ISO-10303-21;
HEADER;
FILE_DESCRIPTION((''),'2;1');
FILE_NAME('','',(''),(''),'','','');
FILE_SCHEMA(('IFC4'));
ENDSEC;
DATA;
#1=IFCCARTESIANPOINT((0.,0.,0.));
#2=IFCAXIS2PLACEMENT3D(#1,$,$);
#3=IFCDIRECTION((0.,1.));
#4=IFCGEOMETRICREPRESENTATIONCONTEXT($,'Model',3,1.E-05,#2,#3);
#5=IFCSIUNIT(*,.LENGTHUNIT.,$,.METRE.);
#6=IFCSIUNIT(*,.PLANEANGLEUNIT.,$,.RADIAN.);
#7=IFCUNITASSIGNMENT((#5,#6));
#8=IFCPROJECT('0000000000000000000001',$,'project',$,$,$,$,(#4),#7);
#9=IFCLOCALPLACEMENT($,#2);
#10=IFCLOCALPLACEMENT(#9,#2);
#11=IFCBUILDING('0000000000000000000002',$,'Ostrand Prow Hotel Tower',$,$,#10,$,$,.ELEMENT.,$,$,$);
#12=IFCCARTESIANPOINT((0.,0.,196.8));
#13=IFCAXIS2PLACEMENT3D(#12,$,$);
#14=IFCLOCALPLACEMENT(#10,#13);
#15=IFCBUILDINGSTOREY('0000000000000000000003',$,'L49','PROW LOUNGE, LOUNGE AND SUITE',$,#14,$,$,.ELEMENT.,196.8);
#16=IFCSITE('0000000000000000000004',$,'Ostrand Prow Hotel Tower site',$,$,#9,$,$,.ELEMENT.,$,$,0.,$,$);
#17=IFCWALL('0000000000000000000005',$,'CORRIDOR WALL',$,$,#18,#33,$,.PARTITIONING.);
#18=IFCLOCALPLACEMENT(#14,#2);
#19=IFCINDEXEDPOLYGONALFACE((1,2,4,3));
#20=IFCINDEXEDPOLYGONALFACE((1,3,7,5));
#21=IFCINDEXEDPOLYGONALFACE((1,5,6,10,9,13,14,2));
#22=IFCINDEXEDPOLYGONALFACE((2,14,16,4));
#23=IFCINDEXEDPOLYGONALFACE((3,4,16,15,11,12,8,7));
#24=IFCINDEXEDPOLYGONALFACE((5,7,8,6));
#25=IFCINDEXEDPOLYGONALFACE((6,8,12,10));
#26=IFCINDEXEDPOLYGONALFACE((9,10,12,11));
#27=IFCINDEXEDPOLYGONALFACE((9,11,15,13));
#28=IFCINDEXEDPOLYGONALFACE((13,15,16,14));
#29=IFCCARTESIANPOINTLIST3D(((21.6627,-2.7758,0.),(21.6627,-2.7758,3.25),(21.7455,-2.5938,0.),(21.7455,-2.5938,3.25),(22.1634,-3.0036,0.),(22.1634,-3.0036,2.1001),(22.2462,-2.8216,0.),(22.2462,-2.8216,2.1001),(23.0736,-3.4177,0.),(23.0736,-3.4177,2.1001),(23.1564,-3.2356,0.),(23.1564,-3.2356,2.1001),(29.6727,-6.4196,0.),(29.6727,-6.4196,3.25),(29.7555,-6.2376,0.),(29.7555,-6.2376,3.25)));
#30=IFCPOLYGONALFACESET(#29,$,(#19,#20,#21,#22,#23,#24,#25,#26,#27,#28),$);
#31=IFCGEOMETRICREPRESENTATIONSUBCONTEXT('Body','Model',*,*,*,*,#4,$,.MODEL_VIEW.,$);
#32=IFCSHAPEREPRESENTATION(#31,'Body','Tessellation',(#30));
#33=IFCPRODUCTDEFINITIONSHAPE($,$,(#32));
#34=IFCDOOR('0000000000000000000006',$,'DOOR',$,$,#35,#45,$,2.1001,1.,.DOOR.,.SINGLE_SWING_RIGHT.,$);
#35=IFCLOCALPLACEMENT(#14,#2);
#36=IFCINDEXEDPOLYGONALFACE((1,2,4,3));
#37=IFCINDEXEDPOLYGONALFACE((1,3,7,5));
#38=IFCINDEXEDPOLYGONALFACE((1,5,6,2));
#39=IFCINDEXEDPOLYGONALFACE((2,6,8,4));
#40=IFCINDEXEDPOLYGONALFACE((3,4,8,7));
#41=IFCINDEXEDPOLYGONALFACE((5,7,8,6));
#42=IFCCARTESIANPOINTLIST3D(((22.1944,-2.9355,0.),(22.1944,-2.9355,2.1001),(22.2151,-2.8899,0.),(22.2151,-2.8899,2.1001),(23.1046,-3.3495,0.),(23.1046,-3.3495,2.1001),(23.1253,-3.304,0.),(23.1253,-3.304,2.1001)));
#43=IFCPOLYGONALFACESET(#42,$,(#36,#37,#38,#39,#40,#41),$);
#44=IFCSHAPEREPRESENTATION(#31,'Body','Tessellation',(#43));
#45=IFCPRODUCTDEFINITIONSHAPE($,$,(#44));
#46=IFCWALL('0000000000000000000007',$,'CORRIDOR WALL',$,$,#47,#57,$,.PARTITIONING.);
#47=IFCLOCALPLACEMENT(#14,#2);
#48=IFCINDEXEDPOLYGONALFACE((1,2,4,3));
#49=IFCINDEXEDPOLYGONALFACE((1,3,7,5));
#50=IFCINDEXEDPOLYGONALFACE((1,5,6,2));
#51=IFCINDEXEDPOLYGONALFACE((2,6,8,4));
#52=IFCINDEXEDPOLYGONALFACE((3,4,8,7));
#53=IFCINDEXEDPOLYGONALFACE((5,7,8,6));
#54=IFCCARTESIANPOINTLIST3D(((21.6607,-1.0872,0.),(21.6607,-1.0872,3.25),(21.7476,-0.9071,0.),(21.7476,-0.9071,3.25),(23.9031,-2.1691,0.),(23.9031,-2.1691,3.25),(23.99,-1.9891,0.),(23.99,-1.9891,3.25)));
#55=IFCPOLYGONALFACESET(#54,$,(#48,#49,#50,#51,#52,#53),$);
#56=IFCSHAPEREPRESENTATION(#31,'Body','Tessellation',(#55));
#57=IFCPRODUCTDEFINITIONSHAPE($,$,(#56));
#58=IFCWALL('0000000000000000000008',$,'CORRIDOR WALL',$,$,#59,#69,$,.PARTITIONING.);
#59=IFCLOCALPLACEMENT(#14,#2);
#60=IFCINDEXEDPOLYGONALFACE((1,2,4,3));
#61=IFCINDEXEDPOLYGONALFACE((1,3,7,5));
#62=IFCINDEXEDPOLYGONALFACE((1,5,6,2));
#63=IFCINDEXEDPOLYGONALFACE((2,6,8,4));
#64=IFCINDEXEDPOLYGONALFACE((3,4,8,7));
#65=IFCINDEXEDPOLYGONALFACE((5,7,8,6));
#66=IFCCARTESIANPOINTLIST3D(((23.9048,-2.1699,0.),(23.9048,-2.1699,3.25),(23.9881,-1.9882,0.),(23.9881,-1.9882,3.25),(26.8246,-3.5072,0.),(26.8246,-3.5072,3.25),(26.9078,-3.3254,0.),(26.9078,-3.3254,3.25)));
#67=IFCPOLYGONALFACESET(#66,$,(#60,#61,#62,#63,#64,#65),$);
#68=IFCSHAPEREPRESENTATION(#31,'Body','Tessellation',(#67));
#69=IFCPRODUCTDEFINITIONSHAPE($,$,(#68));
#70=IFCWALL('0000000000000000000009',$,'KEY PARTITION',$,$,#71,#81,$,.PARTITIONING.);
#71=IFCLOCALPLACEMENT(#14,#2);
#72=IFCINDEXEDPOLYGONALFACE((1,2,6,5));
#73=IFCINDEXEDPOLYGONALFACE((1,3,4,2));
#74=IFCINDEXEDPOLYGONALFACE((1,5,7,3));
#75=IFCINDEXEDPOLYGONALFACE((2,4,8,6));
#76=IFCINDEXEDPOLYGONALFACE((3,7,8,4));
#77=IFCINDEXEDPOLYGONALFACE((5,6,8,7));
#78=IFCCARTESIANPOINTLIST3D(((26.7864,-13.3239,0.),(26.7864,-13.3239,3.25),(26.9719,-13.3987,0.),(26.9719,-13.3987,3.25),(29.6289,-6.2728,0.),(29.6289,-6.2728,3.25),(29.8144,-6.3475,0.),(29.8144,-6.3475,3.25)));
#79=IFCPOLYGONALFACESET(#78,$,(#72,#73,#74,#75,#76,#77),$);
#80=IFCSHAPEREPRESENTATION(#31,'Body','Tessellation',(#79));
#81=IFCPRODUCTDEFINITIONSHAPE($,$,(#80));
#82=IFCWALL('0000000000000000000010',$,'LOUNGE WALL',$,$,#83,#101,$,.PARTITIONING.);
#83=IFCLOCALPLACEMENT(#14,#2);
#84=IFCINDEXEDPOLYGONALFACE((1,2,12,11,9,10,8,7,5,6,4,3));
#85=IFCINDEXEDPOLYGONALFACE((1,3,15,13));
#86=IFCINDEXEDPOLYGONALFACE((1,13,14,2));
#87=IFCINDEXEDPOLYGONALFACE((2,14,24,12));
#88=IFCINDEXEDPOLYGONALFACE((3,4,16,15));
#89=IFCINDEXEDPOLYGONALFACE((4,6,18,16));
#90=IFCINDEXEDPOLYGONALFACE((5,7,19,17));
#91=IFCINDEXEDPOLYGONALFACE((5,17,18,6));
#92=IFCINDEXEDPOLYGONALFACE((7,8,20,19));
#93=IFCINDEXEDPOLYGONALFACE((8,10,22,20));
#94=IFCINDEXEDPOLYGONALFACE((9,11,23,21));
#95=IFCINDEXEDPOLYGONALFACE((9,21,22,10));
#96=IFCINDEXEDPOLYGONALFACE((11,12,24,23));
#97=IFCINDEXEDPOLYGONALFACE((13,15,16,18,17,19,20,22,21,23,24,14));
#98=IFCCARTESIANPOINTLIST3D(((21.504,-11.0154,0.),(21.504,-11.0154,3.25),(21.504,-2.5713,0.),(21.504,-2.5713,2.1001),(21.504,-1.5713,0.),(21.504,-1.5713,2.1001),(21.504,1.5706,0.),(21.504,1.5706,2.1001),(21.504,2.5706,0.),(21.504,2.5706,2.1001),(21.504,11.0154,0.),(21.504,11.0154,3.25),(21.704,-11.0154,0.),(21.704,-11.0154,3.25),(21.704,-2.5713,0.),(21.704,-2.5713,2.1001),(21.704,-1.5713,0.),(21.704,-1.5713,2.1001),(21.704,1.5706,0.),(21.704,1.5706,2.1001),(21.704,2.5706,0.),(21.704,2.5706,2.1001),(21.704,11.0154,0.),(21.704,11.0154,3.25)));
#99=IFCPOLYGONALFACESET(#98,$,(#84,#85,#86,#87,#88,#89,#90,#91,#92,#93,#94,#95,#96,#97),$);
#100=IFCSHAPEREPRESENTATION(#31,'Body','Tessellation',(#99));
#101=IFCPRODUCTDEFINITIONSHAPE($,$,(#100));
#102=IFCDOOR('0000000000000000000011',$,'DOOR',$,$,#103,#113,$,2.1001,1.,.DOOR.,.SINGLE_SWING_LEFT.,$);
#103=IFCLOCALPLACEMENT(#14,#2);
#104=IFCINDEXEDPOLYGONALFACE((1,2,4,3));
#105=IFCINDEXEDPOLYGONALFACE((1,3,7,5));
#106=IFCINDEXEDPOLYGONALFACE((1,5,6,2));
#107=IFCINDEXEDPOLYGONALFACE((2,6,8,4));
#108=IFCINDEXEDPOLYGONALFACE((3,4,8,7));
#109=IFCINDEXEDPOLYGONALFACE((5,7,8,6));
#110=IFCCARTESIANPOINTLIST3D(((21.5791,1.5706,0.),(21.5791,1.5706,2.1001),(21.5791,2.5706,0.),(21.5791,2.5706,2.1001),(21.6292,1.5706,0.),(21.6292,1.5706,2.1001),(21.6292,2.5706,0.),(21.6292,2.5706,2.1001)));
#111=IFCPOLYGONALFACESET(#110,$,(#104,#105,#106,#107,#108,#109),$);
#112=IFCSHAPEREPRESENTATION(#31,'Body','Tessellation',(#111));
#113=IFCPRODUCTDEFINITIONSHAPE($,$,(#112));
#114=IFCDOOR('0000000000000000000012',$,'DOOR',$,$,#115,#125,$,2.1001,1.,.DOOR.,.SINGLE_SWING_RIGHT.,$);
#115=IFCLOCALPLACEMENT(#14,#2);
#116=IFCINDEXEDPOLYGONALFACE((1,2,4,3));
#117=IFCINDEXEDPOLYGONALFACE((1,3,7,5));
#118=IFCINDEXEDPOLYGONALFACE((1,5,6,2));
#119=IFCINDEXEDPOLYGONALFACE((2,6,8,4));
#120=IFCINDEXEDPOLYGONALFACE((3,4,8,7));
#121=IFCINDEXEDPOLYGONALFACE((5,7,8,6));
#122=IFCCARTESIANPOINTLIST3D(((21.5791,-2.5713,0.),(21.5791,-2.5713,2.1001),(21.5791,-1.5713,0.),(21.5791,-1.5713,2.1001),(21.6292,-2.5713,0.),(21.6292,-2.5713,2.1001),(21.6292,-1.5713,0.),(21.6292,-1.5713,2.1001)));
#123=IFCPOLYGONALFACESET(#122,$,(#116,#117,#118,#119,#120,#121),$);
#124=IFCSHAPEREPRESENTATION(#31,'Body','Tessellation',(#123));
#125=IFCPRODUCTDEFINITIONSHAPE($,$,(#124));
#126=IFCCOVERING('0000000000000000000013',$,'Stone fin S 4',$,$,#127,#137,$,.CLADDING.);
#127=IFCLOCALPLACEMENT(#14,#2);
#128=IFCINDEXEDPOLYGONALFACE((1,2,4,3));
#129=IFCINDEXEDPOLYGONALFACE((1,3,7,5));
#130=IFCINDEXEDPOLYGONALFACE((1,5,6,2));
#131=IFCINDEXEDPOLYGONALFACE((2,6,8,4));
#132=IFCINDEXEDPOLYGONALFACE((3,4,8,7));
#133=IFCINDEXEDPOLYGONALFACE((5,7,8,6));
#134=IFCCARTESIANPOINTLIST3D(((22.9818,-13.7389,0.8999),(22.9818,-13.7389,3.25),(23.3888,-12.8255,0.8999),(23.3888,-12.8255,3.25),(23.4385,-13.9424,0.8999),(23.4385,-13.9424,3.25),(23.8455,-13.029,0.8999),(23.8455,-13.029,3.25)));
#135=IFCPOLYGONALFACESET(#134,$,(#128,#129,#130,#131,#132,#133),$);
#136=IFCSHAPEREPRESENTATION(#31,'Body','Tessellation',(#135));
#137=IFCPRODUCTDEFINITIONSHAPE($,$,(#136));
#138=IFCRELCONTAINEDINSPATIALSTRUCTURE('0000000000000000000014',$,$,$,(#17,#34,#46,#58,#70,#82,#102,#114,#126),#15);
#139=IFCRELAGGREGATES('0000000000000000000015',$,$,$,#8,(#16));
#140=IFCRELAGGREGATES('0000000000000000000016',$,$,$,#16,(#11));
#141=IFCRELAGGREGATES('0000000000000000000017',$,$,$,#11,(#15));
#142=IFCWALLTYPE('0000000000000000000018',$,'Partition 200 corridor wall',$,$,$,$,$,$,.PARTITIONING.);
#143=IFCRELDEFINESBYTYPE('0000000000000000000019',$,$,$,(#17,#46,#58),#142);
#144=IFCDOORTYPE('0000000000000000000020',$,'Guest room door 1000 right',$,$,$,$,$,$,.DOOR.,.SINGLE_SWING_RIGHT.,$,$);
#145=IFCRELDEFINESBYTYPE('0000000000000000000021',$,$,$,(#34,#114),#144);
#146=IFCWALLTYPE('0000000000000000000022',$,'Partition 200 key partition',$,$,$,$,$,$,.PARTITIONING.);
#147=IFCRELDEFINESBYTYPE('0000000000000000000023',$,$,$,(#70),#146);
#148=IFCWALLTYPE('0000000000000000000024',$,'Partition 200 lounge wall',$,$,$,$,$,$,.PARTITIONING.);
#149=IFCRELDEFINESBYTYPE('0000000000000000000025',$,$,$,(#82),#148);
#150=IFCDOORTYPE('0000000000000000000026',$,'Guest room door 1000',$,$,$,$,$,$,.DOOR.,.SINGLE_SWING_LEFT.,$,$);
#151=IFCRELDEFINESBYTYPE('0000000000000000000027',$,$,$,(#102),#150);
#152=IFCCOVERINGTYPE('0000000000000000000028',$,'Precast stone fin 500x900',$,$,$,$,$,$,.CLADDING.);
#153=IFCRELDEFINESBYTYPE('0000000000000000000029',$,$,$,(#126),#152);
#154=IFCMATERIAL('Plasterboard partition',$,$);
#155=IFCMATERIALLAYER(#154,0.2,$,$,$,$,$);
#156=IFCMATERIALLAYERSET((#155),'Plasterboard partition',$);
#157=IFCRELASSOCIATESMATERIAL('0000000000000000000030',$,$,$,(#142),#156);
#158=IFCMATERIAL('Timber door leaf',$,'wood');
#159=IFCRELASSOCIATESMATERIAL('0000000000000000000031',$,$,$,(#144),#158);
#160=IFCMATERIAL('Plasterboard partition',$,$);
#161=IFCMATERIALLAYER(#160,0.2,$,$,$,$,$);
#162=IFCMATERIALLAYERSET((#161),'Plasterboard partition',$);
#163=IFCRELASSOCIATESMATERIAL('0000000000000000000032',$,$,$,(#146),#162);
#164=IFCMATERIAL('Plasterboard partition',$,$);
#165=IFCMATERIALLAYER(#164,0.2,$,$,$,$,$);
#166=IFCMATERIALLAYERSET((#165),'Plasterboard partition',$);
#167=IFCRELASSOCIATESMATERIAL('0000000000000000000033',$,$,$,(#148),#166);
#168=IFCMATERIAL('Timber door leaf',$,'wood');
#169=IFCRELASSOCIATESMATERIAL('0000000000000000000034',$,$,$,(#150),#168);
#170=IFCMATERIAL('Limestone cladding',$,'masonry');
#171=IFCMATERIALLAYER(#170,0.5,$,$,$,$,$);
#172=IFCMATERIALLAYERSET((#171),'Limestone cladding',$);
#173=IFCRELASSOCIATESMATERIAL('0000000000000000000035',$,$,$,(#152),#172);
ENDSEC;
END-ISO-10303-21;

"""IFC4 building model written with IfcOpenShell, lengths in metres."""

from ifc_helpers import new_model, si_unit, direction, frame, frame_2d, origin, place, context, subcontext, project, spatial, rectangle, extrude, material, layer, layer_set, type_object, element, fill, save


model = new_model("IFC4")

# Units and contexts
model_context = context("Model", 3, precision=1e-05, world=origin(), true_north=direction((0.0, 1.0)))
body_context = subcontext(model_context, "Body", "Model", "MODEL_VIEW")
ifc_project = project(units=[si_unit("LENGTHUNIT", "METRE"), si_unit("PLANEANGLEUNIT", "RADIAN")], contexts=[model_context])

# Site, building, storey
site_placement = place(None, origin())
site = spatial("IfcSite", under=ifc_project, at=site_placement, Name="Ostrand Prow Hotel Tower site", CompositionType="ELEMENT", RefElevation=0.0)
building_placement = place(site_placement, origin())
building = spatial("IfcBuilding", under=site, at=building_placement, Name="Ostrand Prow Hotel Tower", CompositionType="ELEMENT")
storey_placement = place(building_placement, frame((0.0, 0.0, 196.8)))
storey = spatial("IfcBuildingStorey", under=building, at=storey_placement, Name="L49", Description="PROW LOUNGE, LOUNGE AND SUITE", CompositionType="ELEMENT", Elevation=196.8)

# Wall, opening, door
ifc_material_1 = material(Name="Plasterboard partition")
ifc_layer_1 = layer(ifc_material_1, 0.2)
ifc_layer_set_1 = layer_set([ifc_layer_1], Name="Plasterboard partition")
wall_type_1 = type_object("IfcWallType", Name="Partition 200 corridor wall", PredefinedType="PARTITIONING", material=ifc_layer_set_1)
wall_1_placement = place(storey_placement, frame((21.7041, -2.6848, 0.0), z_axis=(0.0, 0.0, 1.0), x_axis=(0.910243, -0.414075, 0.0)))
wall_1 = element("IfcWall", 1, at=wall_1_placement, inside=storey, type_object=wall_type_1, Name="CORRIDOR WALL", PredefinedType="PARTITIONING", context=body_context, shape_type="SweptSolid", body=[
    extrude(rectangle(XDim=8.7998, YDim=0.2, at=frame_2d((4.3999, 0.0))), origin(), (0.0, 0.0, 1.0), 3.25),
])
opening_1_placement = place(wall_1_placement, frame((0.55, 0.0, 0.0)))
opening_1 = element("IfcOpeningElement", 2, at=opening_1_placement, cuts=wall_1, PredefinedType="OPENING", context=body_context, shape_type="SweptSolid", body=[
    extrude(rectangle(XDim=1.0, YDim=2.1001, at=frame_2d((0.5, 1.05))), frame((0.0, 0.1099, 0.0), z_axis=(0.0, -1.0, 0.0), x_axis=(1.0, 0.0, 0.0)), (0.0, 0.0, 1.0), 0.22),
])
ifc_material_2 = material(Name="Timber door leaf", Category="wood")
door_type_1 = type_object("IfcDoorType", Name="Guest room door 1000 right", OperationType="SINGLE_SWING_RIGHT", PredefinedType="DOOR", material=ifc_material_2)
door_1_placement = place(opening_1_placement, origin())
door_1 = element("IfcDoor", 3, at=door_1_placement, inside=storey, type_object=door_type_1, Name="DOOR", OperationType="SINGLE_SWING_RIGHT", OverallHeight=2.1001, OverallWidth=1.0, PredefinedType="DOOR", context=body_context, shape_type="SweptSolid", body=[
    extrude(rectangle(XDim=1.0, YDim=2.1001, at=frame_2d((0.5, 1.05))), frame((0.0, 0.0249, 0.0), z_axis=(0.0, -1.0, 0.0), x_axis=(1.0, 0.0, 0.0)), (0.0, 0.0, 1.0), 0.05),
])
fill(opening_1, door_1)

# Walls
wall_2_placement = place(storey_placement, frame((23.9465, -2.0791, 0.0), z_axis=(0.0, 0.0, 1.0), x_axis=(-0.900634, 0.434579, 0.0)))
element("IfcWall", 4, at=wall_2_placement, inside=storey, type_object=wall_type_1, Name="CORRIDOR WALL", PredefinedType="PARTITIONING", context=body_context, shape_type="SweptSolid", body=[
    extrude(rectangle(XDim=2.4897, YDim=0.2, at=frame_2d((1.2449, 0.0))), origin(), (0.0, 0.0, 1.0), 3.25),
])
wall_3_placement = place(storey_placement, frame((26.8662, -3.4163, 0.0), z_axis=(0.0, 0.0, 1.0), x_axis=(-0.909186, 0.41639, 0.0)))
element("IfcWall", 5, at=wall_3_placement, inside=storey, type_object=wall_type_1, Name="CORRIDOR WALL", PredefinedType="PARTITIONING", context=body_context, shape_type="SweptSolid", body=[
    extrude(rectangle(XDim=3.2114, YDim=0.2, at=frame_2d((1.6057, 0.0))), origin(), (0.0, 0.0, 1.0), 3.25),
])
ifc_material_3 = material(Name="Plasterboard partition")
ifc_layer_2 = layer(ifc_material_3, 0.2)
ifc_layer_set_2 = layer_set([ifc_layer_2], Name="Plasterboard partition")
wall_type_2 = type_object("IfcWallType", Name="Partition 200 key partition", PredefinedType="PARTITIONING", material=ifc_layer_set_2)
wall_4_placement = place(storey_placement, frame((26.8792, -13.3613, 0.0), z_axis=(0.0, 0.0, 1.0), x_axis=(0.373886, 0.927475, 0.0)))
element("IfcWall", 6, at=wall_4_placement, inside=storey, type_object=wall_type_2, Name="KEY PARTITION", PredefinedType="PARTITIONING", context=body_context, shape_type="SweptSolid", body=[
    extrude(rectangle(XDim=7.6025, YDim=0.2, at=frame_2d((3.8013, 0.0))), origin(), (0.0, 0.0, 1.0), 3.25),
])

# Wall, openings, doors
ifc_material_4 = material(Name="Plasterboard partition")
ifc_layer_3 = layer(ifc_material_4, 0.2)
ifc_layer_set_3 = layer_set([ifc_layer_3], Name="Plasterboard partition")
wall_type_3 = type_object("IfcWallType", Name="Partition 200 lounge wall", PredefinedType="PARTITIONING", material=ifc_layer_set_3)
wall_5_placement = place(storey_placement, frame((21.604, -11.0154, 0.0), z_axis=(0.0, 0.0, 1.0), x_axis=(0.0, 1.0, 0.0)))
wall_5 = element("IfcWall", 7, at=wall_5_placement, inside=storey, type_object=wall_type_3, Name="LOUNGE WALL", PredefinedType="PARTITIONING", context=body_context, shape_type="SweptSolid", body=[
    extrude(rectangle(XDim=22.0308, YDim=0.2, at=frame_2d((11.0154, 0.0))), origin(), (0.0, 0.0, 1.0), 3.25),
])
opening_2_placement = place(wall_5_placement, frame((12.5859, 0.0, 0.0)))
opening_2 = element("IfcOpeningElement", 8, at=opening_2_placement, cuts=wall_5, PredefinedType="OPENING", context=body_context, shape_type="SweptSolid", body=[
    extrude(rectangle(XDim=1.0, YDim=2.1001, at=frame_2d((0.5, 1.05))), frame((0.0, 0.1099, 0.0), z_axis=(0.0, -1.0, 0.0), x_axis=(1.0, 0.0, 0.0)), (0.0, 0.0, 1.0), 0.22),
])
opening_3_placement = place(wall_5_placement, frame((8.4441, 0.0, 0.0)))
opening_3 = element("IfcOpeningElement", 9, at=opening_3_placement, cuts=wall_5, PredefinedType="OPENING", context=body_context, shape_type="SweptSolid", body=[
    extrude(rectangle(XDim=1.0, YDim=2.1001, at=frame_2d((0.5, 1.05))), frame((0.0, 0.1099, 0.0), z_axis=(0.0, -1.0, 0.0), x_axis=(1.0, 0.0, 0.0)), (0.0, 0.0, 1.0), 0.22),
])
ifc_material_5 = material(Name="Timber door leaf", Category="wood")
door_type_2 = type_object("IfcDoorType", Name="Guest room door 1000", OperationType="SINGLE_SWING_LEFT", PredefinedType="DOOR", material=ifc_material_5)
door_2_placement = place(opening_2_placement, origin())
door_2 = element("IfcDoor", 10, at=door_2_placement, inside=storey, type_object=door_type_2, Name="DOOR", OperationType="SINGLE_SWING_LEFT", OverallHeight=2.1001, OverallWidth=1.0, PredefinedType="DOOR", context=body_context, shape_type="SweptSolid", body=[
    extrude(rectangle(XDim=1.0, YDim=2.1001, at=frame_2d((0.5, 1.05))), frame((0.0, 0.0249, 0.0), z_axis=(0.0, -1.0, 0.0), x_axis=(1.0, 0.0, 0.0)), (0.0, 0.0, 1.0), 0.05),
])
fill(opening_2, door_2)
door_3_placement = place(opening_3_placement, origin())
door_3 = element("IfcDoor", 11, at=door_3_placement, inside=storey, type_object=door_type_1, Name="DOOR", OperationType="SINGLE_SWING_RIGHT", OverallHeight=2.1001, OverallWidth=1.0, PredefinedType="DOOR", context=body_context, shape_type="SweptSolid", body=[
    extrude(rectangle(XDim=1.0, YDim=2.1001, at=frame_2d((0.5, 1.05))), frame((0.0, 0.0249, 0.0), z_axis=(0.0, -1.0, 0.0), x_axis=(1.0, 0.0, 0.0)), (0.0, 0.0, 1.0), 0.05),
])
fill(opening_3, door_3)

# Covering
ifc_material_6 = material(Name="Limestone cladding", Category="masonry")
ifc_layer_4 = layer(ifc_material_6, 0.5)
ifc_layer_set_4 = layer_set([ifc_layer_4], Name="Limestone cladding")
covering_type = type_object("IfcCoveringType", Name="Precast stone fin 500x900", PredefinedType="CLADDING", material=ifc_layer_set_4)
covering_placement = place(storey_placement, frame((23.6172, -12.9272, 0.8999), z_axis=(0.0, 0.0, 1.0), x_axis=(-0.407022, -0.913418, 0.0)))
element("IfcCovering", 12, at=covering_placement, inside=storey, type_object=covering_type, Name="Stone fin S 4", PredefinedType="CLADDING", context=body_context, shape_type="SweptSolid", body=[
    extrude(rectangle(XDim=1.0, YDim=0.5, at=frame_2d((0.5, 0.0))), origin(), (0.0, 0.0, 1.0), 2.3501),
])

save(model, "model.ifc")
